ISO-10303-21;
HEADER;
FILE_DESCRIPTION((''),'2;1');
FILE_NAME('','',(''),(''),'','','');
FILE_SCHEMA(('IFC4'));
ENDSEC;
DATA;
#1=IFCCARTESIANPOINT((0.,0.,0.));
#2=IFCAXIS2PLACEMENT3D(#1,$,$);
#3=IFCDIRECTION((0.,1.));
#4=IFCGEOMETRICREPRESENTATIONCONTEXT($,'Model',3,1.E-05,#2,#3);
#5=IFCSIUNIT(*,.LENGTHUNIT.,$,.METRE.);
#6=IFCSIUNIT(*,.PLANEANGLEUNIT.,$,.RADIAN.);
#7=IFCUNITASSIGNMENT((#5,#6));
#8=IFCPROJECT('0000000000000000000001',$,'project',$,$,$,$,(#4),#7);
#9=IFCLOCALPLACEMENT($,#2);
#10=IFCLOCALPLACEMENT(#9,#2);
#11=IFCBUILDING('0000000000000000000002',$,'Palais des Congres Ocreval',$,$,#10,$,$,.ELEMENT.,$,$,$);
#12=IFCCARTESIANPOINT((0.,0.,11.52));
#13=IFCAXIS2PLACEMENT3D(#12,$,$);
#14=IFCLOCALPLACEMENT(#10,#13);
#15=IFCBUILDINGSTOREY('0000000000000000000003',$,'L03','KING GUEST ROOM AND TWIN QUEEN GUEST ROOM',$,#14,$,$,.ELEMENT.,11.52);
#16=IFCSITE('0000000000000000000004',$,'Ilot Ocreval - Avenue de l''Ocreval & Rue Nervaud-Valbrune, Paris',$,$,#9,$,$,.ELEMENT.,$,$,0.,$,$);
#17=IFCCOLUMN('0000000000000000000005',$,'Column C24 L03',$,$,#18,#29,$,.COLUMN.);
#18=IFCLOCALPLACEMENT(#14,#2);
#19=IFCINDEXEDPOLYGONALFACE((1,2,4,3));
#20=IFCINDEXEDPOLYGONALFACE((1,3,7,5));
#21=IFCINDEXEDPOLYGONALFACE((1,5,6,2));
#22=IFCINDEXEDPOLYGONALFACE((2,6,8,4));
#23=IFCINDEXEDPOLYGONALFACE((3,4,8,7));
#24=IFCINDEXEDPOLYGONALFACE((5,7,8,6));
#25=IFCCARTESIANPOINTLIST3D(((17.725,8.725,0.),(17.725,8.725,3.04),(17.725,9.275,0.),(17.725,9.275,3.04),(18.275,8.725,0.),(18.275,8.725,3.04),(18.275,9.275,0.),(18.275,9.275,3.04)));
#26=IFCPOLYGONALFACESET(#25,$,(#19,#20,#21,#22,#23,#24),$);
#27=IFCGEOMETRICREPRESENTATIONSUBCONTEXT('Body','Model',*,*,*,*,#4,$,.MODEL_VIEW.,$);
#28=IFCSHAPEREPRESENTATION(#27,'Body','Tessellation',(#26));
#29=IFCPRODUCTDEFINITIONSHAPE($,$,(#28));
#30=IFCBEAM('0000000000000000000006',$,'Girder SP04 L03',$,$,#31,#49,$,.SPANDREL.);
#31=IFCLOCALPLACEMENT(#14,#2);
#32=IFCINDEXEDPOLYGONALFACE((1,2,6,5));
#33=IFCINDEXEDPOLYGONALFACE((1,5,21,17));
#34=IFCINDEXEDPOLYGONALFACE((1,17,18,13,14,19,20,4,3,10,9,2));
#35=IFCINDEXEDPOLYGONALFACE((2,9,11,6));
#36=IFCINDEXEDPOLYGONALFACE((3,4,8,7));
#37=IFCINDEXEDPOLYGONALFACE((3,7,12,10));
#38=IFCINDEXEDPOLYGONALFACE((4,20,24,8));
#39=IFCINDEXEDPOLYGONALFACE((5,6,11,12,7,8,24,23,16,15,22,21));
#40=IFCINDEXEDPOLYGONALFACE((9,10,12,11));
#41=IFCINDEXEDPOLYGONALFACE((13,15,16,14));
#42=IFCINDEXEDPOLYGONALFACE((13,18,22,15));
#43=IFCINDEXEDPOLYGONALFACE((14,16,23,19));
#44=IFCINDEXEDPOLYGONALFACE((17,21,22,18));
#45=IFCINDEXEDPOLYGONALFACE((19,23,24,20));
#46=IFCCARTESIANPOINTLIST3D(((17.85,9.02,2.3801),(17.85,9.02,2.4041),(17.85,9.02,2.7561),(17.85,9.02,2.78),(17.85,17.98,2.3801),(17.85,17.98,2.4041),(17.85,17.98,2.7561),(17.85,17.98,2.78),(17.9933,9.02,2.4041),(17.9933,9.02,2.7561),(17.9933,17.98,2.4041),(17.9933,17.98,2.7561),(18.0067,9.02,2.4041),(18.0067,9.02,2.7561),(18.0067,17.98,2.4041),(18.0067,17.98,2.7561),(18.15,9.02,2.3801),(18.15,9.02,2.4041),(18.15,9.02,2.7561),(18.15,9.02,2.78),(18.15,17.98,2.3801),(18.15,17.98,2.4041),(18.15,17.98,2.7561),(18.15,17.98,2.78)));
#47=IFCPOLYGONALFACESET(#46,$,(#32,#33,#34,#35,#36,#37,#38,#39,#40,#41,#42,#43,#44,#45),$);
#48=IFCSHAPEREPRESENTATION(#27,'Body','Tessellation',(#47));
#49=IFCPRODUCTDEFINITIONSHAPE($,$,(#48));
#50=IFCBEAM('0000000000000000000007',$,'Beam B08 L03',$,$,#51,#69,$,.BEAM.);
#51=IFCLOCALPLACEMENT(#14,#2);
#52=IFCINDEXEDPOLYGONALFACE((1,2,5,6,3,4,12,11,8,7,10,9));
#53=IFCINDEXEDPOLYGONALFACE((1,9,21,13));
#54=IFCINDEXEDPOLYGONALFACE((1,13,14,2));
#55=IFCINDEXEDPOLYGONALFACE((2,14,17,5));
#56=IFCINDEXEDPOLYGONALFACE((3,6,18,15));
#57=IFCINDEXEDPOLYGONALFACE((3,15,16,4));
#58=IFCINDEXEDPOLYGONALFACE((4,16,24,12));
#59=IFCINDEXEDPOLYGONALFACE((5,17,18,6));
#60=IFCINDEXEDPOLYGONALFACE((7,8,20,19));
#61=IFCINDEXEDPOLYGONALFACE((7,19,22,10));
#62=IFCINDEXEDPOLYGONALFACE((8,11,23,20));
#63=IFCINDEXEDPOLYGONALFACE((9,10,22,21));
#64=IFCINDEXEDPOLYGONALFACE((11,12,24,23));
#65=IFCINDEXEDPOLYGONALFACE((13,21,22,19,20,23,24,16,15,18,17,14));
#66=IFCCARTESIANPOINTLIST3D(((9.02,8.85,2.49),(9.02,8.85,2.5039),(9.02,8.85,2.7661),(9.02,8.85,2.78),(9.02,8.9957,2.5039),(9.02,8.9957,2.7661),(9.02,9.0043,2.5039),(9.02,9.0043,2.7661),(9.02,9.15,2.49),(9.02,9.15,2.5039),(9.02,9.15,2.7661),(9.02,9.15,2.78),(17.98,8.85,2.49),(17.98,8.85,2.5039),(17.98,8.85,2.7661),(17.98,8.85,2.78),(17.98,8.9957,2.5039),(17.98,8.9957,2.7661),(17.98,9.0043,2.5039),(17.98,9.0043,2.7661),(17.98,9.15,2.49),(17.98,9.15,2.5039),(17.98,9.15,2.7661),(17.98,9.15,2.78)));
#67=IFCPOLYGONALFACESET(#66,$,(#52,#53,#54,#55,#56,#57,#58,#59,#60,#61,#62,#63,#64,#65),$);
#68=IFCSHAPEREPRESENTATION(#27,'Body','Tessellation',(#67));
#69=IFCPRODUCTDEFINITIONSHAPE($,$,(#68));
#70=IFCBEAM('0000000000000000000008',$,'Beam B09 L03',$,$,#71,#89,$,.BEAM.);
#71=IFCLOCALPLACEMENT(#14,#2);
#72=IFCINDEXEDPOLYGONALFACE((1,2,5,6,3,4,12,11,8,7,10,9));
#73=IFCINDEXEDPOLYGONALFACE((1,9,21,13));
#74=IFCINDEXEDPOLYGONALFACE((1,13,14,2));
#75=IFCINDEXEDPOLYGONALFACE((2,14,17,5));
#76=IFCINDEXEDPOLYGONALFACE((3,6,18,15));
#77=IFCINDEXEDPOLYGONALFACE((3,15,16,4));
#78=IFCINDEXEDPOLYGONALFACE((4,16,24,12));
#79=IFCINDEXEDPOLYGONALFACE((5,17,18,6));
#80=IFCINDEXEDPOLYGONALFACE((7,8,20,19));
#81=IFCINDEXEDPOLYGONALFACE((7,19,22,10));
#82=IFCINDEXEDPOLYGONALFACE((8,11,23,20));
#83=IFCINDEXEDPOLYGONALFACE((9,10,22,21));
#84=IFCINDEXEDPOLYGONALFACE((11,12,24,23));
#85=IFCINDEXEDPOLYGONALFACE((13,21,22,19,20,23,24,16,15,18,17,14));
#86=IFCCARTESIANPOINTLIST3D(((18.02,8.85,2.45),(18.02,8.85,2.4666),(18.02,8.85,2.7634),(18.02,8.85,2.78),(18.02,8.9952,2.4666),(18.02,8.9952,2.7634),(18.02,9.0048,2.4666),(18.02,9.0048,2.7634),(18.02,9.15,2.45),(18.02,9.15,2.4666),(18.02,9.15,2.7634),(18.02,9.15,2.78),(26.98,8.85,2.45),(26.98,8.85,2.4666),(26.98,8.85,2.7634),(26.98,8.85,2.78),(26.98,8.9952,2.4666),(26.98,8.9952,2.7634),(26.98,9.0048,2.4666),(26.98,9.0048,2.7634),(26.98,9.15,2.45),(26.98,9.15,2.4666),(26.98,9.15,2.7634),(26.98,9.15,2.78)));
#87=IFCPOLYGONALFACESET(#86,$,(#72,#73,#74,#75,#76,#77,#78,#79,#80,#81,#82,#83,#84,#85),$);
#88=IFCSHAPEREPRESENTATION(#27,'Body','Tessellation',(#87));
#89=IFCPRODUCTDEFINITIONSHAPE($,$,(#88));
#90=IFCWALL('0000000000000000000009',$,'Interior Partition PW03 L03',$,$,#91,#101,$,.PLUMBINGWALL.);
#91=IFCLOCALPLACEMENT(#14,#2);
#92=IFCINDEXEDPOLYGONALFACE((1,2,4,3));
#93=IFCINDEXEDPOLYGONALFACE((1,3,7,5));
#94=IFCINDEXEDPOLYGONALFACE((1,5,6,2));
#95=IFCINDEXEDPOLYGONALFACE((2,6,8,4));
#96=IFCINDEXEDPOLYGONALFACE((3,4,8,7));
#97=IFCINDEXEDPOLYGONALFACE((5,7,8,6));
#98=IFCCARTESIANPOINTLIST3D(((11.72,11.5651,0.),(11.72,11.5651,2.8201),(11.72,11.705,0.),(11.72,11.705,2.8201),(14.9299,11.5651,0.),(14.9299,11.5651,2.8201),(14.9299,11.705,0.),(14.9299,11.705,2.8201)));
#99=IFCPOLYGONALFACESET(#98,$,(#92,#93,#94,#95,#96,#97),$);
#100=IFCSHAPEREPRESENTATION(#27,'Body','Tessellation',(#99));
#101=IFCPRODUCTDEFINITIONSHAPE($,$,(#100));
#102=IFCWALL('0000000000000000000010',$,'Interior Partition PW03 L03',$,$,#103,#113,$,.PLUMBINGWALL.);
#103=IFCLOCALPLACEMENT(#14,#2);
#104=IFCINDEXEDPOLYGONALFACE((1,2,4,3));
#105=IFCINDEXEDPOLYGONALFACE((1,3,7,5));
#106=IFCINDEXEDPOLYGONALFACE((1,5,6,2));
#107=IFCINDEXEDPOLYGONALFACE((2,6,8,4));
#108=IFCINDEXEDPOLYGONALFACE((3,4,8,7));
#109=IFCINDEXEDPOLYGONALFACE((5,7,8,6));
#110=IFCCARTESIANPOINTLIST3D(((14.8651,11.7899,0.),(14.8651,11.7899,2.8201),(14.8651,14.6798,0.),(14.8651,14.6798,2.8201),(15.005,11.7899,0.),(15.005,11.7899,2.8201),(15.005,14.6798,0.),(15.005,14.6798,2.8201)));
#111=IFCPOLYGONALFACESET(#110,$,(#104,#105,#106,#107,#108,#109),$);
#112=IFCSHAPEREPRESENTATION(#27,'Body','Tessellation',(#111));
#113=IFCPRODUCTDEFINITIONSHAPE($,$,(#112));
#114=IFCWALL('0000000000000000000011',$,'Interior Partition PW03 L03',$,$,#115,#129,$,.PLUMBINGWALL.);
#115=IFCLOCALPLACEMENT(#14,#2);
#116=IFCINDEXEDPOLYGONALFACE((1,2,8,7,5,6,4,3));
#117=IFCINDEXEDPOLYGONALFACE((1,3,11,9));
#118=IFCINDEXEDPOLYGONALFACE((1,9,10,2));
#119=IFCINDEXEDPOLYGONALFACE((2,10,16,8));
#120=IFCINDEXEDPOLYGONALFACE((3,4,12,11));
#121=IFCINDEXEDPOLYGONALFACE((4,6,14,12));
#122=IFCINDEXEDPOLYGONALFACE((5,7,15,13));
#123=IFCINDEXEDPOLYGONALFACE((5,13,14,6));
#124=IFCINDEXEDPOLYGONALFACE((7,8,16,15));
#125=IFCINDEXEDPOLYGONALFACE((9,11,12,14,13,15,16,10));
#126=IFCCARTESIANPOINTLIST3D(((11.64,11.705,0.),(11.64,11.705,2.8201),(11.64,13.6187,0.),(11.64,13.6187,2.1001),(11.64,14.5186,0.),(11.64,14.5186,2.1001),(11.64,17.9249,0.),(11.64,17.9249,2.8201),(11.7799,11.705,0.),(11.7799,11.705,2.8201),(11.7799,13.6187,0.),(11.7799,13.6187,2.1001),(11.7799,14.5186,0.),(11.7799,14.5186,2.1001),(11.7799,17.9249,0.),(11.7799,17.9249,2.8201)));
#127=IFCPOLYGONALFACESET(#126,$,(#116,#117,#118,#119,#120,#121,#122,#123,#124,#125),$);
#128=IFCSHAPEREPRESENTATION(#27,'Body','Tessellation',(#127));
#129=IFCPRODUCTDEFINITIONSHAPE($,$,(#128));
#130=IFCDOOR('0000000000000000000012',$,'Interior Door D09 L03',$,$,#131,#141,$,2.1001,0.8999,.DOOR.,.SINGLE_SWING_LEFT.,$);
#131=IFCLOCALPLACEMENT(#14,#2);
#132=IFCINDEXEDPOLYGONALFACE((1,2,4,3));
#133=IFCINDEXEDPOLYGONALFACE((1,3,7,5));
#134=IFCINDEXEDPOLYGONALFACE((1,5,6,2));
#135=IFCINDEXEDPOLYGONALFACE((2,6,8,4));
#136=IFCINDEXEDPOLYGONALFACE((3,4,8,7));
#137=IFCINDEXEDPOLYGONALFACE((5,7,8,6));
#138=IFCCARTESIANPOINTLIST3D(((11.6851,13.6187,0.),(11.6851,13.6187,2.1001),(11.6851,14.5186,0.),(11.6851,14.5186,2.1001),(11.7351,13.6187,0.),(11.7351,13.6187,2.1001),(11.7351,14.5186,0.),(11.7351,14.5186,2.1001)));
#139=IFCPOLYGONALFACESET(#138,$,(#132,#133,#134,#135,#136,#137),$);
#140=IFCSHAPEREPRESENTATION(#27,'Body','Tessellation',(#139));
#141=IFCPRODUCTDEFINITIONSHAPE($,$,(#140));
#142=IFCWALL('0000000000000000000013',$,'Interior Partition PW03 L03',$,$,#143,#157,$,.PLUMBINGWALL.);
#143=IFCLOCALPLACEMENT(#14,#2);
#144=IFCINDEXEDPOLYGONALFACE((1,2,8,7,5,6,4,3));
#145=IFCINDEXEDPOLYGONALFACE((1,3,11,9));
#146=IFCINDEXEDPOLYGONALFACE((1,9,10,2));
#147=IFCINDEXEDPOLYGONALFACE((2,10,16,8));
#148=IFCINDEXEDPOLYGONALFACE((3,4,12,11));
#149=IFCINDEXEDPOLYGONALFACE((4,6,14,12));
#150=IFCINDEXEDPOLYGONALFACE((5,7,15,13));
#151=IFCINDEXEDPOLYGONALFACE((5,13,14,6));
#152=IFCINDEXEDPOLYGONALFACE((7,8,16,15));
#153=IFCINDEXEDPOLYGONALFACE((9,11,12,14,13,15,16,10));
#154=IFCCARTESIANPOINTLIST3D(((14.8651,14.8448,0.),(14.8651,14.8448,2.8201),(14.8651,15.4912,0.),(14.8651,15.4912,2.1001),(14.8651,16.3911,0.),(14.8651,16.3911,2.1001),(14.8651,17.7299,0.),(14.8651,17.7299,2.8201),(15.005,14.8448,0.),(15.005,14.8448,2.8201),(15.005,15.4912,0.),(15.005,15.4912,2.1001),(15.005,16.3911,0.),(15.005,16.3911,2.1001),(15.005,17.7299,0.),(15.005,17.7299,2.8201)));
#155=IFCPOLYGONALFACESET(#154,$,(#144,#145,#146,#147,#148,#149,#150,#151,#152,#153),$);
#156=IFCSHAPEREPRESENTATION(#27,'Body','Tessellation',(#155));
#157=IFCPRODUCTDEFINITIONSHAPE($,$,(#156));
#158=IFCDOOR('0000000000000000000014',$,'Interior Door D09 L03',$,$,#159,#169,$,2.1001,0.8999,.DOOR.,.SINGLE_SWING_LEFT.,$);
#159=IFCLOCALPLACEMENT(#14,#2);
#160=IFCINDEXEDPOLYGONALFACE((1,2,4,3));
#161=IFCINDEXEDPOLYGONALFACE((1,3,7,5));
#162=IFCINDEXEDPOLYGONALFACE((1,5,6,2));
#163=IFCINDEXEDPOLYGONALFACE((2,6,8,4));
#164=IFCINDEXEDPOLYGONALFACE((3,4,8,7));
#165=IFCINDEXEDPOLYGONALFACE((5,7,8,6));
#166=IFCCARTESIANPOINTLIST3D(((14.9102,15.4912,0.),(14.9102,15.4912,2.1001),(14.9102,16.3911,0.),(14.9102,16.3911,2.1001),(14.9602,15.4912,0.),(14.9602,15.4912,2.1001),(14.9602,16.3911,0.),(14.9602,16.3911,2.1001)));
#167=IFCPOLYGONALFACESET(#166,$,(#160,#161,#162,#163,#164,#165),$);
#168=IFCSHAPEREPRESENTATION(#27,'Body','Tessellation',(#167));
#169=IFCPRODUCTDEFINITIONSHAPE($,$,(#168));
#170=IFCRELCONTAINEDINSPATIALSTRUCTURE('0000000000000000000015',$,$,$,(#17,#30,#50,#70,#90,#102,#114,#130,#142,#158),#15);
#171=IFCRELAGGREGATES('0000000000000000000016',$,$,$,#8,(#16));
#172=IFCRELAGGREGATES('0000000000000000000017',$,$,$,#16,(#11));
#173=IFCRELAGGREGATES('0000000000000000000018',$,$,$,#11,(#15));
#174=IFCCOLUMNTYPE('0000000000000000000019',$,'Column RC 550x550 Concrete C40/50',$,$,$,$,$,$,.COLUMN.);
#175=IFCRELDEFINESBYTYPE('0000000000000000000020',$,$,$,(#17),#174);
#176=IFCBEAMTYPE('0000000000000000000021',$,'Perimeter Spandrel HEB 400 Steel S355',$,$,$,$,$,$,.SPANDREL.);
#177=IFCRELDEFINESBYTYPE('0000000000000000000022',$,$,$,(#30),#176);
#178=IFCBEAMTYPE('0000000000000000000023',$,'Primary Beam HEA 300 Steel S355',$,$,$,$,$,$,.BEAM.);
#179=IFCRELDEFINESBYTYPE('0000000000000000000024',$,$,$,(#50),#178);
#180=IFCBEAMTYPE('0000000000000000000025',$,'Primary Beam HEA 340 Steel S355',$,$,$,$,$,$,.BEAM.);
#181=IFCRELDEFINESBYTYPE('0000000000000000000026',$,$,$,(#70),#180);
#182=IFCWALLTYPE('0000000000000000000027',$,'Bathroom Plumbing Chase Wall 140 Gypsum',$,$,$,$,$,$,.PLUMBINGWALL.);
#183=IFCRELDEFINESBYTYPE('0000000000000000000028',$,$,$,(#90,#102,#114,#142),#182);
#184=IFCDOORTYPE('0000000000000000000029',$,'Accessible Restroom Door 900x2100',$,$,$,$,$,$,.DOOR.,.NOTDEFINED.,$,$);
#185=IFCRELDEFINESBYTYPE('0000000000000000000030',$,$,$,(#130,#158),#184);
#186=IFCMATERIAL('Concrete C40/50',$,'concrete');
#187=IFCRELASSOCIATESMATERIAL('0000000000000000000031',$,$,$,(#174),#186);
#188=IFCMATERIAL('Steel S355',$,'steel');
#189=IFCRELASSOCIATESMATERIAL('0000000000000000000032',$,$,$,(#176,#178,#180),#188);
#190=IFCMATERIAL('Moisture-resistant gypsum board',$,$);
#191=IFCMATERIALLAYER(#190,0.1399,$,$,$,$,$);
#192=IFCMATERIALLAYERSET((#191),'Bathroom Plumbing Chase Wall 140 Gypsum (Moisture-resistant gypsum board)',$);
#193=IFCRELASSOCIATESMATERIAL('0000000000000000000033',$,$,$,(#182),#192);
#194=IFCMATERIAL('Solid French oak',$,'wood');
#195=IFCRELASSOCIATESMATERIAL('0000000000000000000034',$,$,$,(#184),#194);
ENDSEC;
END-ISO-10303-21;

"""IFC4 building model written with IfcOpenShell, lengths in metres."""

from ifc_helpers import new_model, si_unit, direction, frame, frame_2d, origin, origin_2d, place, context, subcontext, project, spatial, rectangle, i_section, extrude, material, layer, layer_set, material_profile, profile_set, type_object, element, fill, save


model = new_model("IFC4")

# Units and contexts
model_context = context("Model", 3, precision=1e-05, world=origin(), true_north=direction((0.0, 1.0)))
body_context = subcontext(model_context, "Body", "Model", "MODEL_VIEW")
ifc_project = project(units=[si_unit("LENGTHUNIT", "METRE"), si_unit("PLANEANGLEUNIT", "RADIAN")], contexts=[model_context])

# Site, building, storey
site_placement = place(None, origin())
site = spatial("IfcSite", under=ifc_project, at=site_placement, Name="Ilot Ocreval - Avenue de l'Ocreval & Rue Nervaud-Valbrune, Paris", CompositionType="ELEMENT", RefElevation=0.0)
building_placement = place(site_placement, origin())
building = spatial("IfcBuilding", under=site, at=building_placement, Name="Palais des Congres Ocreval", CompositionType="ELEMENT")
storey_placement = place(building_placement, frame((0.0, 0.0, 11.52)))
storey = spatial("IfcBuildingStorey", under=building, at=storey_placement, Name="L03", Description="KING GUEST ROOM AND TWIN QUEEN GUEST ROOM", CompositionType="ELEMENT", Elevation=11.52)

# Column
ifc_material_1 = material(Name="Concrete C40/50", Category="concrete")
ifc_material_profile_1 = material_profile(ifc_material_1, rectangle(XDim=0.55, YDim=0.55, at=origin_2d()), Name="RC 550x550")
ifc_profile_set_1 = profile_set([ifc_material_profile_1], Name="Concrete C40/50")
column_type = type_object("IfcColumnType", Name="Column RC 550x550 Concrete C40/50", PredefinedType="COLUMN", material=ifc_profile_set_1)
column_placement = place(storey_placement, frame((18.0, 9.0, 0.0), z_axis=(0.0, 0.0, 1.0), x_axis=(1.0, 0.0, 0.0)))
element("IfcColumn", 1, at=column_placement, inside=storey, type_object=column_type, Name="Column C24 L03", PredefinedType="COLUMN", context=body_context, shape_type="SweptSolid", body=[
    extrude(rectangle(XDim=0.55, YDim=0.55, at=origin_2d()), origin(), (0.0, 0.0, 1.0), 3.04),
])

# Beams
ifc_material_2 = material(Name="Steel S355", Category="steel")
ifc_material_profile_2 = material_profile(ifc_material_2, i_section(OverallWidth=0.3, OverallDepth=0.3999, WebThickness=0.0134, FlangeThickness=0.0239, at=origin_2d()), Name="HEB 400")
ifc_profile_set_2 = profile_set([ifc_material_profile_2], Name="Steel S355")
beam_type_1 = type_object("IfcBeamType", Name="Perimeter Spandrel HEB 400 Steel S355", PredefinedType="SPANDREL", material=ifc_profile_set_2)
beam_1_placement = place(storey_placement, frame((18.0, 9.02, 2.5801), z_axis=(0.0, 1.0, 0.0), x_axis=(-1.0, 0.0, 0.0)))
element("IfcBeam", 2, at=beam_1_placement, inside=storey, type_object=beam_type_1, Name="Girder SP04 L03", PredefinedType="SPANDREL", context=body_context, shape_type="SweptSolid", body=[
    extrude(i_section(OverallWidth=0.3, OverallDepth=0.3999, WebThickness=0.0134, FlangeThickness=0.0239, at=origin_2d()), origin(), (0.0, 0.0, 1.0), 8.96),
])
ifc_material_profile_3 = material_profile(ifc_material_2, i_section(OverallWidth=0.3, OverallDepth=0.29, WebThickness=0.0085, FlangeThickness=0.0139, at=origin_2d()), Name="HEA 300")
ifc_profile_set_3 = profile_set([ifc_material_profile_3], Name="Steel S355")
beam_type_2 = type_object("IfcBeamType", Name="Primary Beam HEA 300 Steel S355", PredefinedType="BEAM", material=ifc_profile_set_3)
beam_2_placement = place(storey_placement, frame((9.02, 9.0, 2.635), z_axis=(1.0, 0.0, 0.0), x_axis=(0.0, 1.0, 0.0)))
element("IfcBeam", 3, at=beam_2_placement, inside=storey, type_object=beam_type_2, Name="Beam B08 L03", PredefinedType="BEAM", context=body_context, shape_type="SweptSolid", body=[
    extrude(i_section(OverallWidth=0.3, OverallDepth=0.29, WebThickness=0.0085, FlangeThickness=0.0139, at=origin_2d()), origin(), (0.0, 0.0, 1.0), 8.96),
])
ifc_material_profile_4 = material_profile(ifc_material_2, i_section(OverallWidth=0.3, OverallDepth=0.3301, WebThickness=0.0095, FlangeThickness=0.0166, at=origin_2d()), Name="HEA 340")
ifc_profile_set_4 = profile_set([ifc_material_profile_4], Name="Steel S355")
beam_type_3 = type_object("IfcBeamType", Name="Primary Beam HEA 340 Steel S355", PredefinedType="BEAM", material=ifc_profile_set_4)
beam_3_placement = place(storey_placement, frame((18.02, 9.0, 2.615), z_axis=(1.0, 0.0, 0.0), x_axis=(0.0, 1.0, 0.0)))
element("IfcBeam", 4, at=beam_3_placement, inside=storey, type_object=beam_type_3, Name="Beam B09 L03", PredefinedType="BEAM", context=body_context, shape_type="SweptSolid", body=[
    extrude(i_section(OverallWidth=0.3, OverallDepth=0.3301, WebThickness=0.0095, FlangeThickness=0.0166, at=origin_2d()), origin(), (0.0, 0.0, 1.0), 8.96),
])

# Walls
ifc_material_3 = material(Name="Moisture-resistant gypsum board")
ifc_layer_1 = layer(ifc_material_3, 0.1399)
ifc_layer_set_1 = layer_set([ifc_layer_1], Name="Bathroom Plumbing Chase Wall 140 Gypsum (Moisture-resistant gypsum board)")
wall_type_1 = type_object("IfcWallType", Name="Bathroom Plumbing Chase Wall 140 Gypsum", PredefinedType="PLUMBINGWALL", material=ifc_layer_set_1)
wall_1_placement = place(storey_placement, frame((11.72, 11.635, 0.0), z_axis=(0.0, 0.0, 1.0), x_axis=(1.0, 0.0, 0.0)))
element("IfcWall", 5, at=wall_1_placement, inside=storey, type_object=wall_type_1, Name="Interior Partition PW03 L03", PredefinedType="PLUMBINGWALL", context=body_context, shape_type="SweptSolid", body=[
    extrude(rectangle(XDim=3.21, YDim=0.1399, at=frame_2d((1.605, 0.0))), origin(), (0.0, 0.0, 1.0), 2.8201),
])
wall_2_placement = place(storey_placement, frame((14.9351, 11.79, 0.0), z_axis=(0.0, 0.0, 1.0), x_axis=(0.0, 1.0, 0.0)))
element("IfcWall", 6, at=wall_2_placement, inside=storey, type_object=wall_type_1, Name="Interior Partition PW03 L03", PredefinedType="PLUMBINGWALL", context=body_context, shape_type="SweptSolid", body=[
    extrude(rectangle(XDim=2.8899, YDim=0.1399, at=frame_2d((1.4448, 0.0))), origin(), (0.0, 0.0, 1.0), 2.8201),
])

# Walls, openings, doors
wall_3_placement = place(storey_placement, frame((11.71, 11.7051, 0.0), z_axis=(0.0, 0.0, 1.0), x_axis=(0.0, 1.0, 0.0)))
wall_3 = element("IfcWall", 7, at=wall_3_placement, inside=storey, type_object=wall_type_1, Name="Interior Partition PW03 L03", PredefinedType="PLUMBINGWALL", context=body_context, shape_type="SweptSolid", body=[
    extrude(rectangle(XDim=6.22, YDim=0.1399, at=frame_2d((3.1099, 0.0))), origin(), (0.0, 0.0, 1.0), 2.8201),
])
opening_1_placement = place(wall_3_placement, frame((1.9136, 0.0, 0.0)))
opening_1 = element("IfcOpeningElement", 8, at=opening_1_placement, cuts=wall_3, PredefinedType="OPENING", context=body_context, shape_type="SweptSolid", body=[
    extrude(rectangle(XDim=0.8999, YDim=2.1001, at=frame_2d((0.45, 1.05))), frame((0.0, 0.0798, 0.0), z_axis=(0.0, -1.0, 0.0), x_axis=(1.0, 0.0, 0.0)), (0.0, 0.0, 1.0), 0.1599),
])
ifc_material_4 = material(Name="Solid French oak", Category="wood")
door_type_1 = type_object("IfcDoorType", Name="Accessible Restroom Door 900x2100", OperationType="NOTDEFINED", PredefinedType="DOOR", material=ifc_material_4)
door_1_placement = place(opening_1_placement, origin())
door_1 = element("IfcDoor", 9, at=door_1_placement, inside=storey, type_object=door_type_1, Name="Interior Door D09 L03", OperationType="SINGLE_SWING_LEFT", OverallHeight=2.1001, OverallWidth=0.8999, PredefinedType="DOOR", context=body_context, shape_type="SweptSolid", body=[
    extrude(rectangle(XDim=0.8999, YDim=2.1001, at=frame_2d((0.45, 1.05))), frame((0.0, 0.0249, 0.0), z_axis=(0.0, -1.0, 0.0), x_axis=(1.0, 0.0, 0.0)), (0.0, 0.0, 1.0), 0.05),
])
fill(opening_1, door_1)
wall_4_placement = place(storey_placement, frame((14.9351, 14.845, 0.0), z_axis=(0.0, 0.0, 1.0), x_axis=(0.0, 1.0, 0.0)))
wall_4 = element("IfcWall", 10, at=wall_4_placement, inside=storey, type_object=wall_type_1, Name="Interior Partition PW03 L03", PredefinedType="PLUMBINGWALL", context=body_context, shape_type="SweptSolid", body=[
    extrude(rectangle(XDim=2.885, YDim=0.1399, at=frame_2d((1.4424, 0.0))), origin(), (0.0, 0.0, 1.0), 2.8201),
])
opening_2_placement = place(wall_4_placement, frame((0.6462, 0.0, 0.0)))
opening_2 = element("IfcOpeningElement", 11, at=opening_2_placement, cuts=wall_4, PredefinedType="OPENING", context=body_context, shape_type="SweptSolid", body=[
    extrude(rectangle(XDim=0.8999, YDim=2.1001, at=frame_2d((0.45, 1.05))), frame((0.0, 0.0798, 0.0), z_axis=(0.0, -1.0, 0.0), x_axis=(1.0, 0.0, 0.0)), (0.0, 0.0, 1.0), 0.1599),
])
door_2_placement = place(opening_2_placement, origin())
door_2 = element("IfcDoor", 12, at=door_2_placement, inside=storey, type_object=door_type_1, Name="Interior Door D09 L03", OperationType="SINGLE_SWING_LEFT", OverallHeight=2.1001, OverallWidth=0.8999, PredefinedType="DOOR", context=body_context, shape_type="SweptSolid", body=[
    extrude(rectangle(XDim=0.8999, YDim=2.1001, at=frame_2d((0.45, 1.05))), frame((0.0, 0.0249, 0.0), z_axis=(0.0, -1.0, 0.0), x_axis=(1.0, 0.0, 0.0)), (0.0, 0.0, 1.0), 0.05),
])
fill(opening_2, door_2)

save(model, "model.ifc")
